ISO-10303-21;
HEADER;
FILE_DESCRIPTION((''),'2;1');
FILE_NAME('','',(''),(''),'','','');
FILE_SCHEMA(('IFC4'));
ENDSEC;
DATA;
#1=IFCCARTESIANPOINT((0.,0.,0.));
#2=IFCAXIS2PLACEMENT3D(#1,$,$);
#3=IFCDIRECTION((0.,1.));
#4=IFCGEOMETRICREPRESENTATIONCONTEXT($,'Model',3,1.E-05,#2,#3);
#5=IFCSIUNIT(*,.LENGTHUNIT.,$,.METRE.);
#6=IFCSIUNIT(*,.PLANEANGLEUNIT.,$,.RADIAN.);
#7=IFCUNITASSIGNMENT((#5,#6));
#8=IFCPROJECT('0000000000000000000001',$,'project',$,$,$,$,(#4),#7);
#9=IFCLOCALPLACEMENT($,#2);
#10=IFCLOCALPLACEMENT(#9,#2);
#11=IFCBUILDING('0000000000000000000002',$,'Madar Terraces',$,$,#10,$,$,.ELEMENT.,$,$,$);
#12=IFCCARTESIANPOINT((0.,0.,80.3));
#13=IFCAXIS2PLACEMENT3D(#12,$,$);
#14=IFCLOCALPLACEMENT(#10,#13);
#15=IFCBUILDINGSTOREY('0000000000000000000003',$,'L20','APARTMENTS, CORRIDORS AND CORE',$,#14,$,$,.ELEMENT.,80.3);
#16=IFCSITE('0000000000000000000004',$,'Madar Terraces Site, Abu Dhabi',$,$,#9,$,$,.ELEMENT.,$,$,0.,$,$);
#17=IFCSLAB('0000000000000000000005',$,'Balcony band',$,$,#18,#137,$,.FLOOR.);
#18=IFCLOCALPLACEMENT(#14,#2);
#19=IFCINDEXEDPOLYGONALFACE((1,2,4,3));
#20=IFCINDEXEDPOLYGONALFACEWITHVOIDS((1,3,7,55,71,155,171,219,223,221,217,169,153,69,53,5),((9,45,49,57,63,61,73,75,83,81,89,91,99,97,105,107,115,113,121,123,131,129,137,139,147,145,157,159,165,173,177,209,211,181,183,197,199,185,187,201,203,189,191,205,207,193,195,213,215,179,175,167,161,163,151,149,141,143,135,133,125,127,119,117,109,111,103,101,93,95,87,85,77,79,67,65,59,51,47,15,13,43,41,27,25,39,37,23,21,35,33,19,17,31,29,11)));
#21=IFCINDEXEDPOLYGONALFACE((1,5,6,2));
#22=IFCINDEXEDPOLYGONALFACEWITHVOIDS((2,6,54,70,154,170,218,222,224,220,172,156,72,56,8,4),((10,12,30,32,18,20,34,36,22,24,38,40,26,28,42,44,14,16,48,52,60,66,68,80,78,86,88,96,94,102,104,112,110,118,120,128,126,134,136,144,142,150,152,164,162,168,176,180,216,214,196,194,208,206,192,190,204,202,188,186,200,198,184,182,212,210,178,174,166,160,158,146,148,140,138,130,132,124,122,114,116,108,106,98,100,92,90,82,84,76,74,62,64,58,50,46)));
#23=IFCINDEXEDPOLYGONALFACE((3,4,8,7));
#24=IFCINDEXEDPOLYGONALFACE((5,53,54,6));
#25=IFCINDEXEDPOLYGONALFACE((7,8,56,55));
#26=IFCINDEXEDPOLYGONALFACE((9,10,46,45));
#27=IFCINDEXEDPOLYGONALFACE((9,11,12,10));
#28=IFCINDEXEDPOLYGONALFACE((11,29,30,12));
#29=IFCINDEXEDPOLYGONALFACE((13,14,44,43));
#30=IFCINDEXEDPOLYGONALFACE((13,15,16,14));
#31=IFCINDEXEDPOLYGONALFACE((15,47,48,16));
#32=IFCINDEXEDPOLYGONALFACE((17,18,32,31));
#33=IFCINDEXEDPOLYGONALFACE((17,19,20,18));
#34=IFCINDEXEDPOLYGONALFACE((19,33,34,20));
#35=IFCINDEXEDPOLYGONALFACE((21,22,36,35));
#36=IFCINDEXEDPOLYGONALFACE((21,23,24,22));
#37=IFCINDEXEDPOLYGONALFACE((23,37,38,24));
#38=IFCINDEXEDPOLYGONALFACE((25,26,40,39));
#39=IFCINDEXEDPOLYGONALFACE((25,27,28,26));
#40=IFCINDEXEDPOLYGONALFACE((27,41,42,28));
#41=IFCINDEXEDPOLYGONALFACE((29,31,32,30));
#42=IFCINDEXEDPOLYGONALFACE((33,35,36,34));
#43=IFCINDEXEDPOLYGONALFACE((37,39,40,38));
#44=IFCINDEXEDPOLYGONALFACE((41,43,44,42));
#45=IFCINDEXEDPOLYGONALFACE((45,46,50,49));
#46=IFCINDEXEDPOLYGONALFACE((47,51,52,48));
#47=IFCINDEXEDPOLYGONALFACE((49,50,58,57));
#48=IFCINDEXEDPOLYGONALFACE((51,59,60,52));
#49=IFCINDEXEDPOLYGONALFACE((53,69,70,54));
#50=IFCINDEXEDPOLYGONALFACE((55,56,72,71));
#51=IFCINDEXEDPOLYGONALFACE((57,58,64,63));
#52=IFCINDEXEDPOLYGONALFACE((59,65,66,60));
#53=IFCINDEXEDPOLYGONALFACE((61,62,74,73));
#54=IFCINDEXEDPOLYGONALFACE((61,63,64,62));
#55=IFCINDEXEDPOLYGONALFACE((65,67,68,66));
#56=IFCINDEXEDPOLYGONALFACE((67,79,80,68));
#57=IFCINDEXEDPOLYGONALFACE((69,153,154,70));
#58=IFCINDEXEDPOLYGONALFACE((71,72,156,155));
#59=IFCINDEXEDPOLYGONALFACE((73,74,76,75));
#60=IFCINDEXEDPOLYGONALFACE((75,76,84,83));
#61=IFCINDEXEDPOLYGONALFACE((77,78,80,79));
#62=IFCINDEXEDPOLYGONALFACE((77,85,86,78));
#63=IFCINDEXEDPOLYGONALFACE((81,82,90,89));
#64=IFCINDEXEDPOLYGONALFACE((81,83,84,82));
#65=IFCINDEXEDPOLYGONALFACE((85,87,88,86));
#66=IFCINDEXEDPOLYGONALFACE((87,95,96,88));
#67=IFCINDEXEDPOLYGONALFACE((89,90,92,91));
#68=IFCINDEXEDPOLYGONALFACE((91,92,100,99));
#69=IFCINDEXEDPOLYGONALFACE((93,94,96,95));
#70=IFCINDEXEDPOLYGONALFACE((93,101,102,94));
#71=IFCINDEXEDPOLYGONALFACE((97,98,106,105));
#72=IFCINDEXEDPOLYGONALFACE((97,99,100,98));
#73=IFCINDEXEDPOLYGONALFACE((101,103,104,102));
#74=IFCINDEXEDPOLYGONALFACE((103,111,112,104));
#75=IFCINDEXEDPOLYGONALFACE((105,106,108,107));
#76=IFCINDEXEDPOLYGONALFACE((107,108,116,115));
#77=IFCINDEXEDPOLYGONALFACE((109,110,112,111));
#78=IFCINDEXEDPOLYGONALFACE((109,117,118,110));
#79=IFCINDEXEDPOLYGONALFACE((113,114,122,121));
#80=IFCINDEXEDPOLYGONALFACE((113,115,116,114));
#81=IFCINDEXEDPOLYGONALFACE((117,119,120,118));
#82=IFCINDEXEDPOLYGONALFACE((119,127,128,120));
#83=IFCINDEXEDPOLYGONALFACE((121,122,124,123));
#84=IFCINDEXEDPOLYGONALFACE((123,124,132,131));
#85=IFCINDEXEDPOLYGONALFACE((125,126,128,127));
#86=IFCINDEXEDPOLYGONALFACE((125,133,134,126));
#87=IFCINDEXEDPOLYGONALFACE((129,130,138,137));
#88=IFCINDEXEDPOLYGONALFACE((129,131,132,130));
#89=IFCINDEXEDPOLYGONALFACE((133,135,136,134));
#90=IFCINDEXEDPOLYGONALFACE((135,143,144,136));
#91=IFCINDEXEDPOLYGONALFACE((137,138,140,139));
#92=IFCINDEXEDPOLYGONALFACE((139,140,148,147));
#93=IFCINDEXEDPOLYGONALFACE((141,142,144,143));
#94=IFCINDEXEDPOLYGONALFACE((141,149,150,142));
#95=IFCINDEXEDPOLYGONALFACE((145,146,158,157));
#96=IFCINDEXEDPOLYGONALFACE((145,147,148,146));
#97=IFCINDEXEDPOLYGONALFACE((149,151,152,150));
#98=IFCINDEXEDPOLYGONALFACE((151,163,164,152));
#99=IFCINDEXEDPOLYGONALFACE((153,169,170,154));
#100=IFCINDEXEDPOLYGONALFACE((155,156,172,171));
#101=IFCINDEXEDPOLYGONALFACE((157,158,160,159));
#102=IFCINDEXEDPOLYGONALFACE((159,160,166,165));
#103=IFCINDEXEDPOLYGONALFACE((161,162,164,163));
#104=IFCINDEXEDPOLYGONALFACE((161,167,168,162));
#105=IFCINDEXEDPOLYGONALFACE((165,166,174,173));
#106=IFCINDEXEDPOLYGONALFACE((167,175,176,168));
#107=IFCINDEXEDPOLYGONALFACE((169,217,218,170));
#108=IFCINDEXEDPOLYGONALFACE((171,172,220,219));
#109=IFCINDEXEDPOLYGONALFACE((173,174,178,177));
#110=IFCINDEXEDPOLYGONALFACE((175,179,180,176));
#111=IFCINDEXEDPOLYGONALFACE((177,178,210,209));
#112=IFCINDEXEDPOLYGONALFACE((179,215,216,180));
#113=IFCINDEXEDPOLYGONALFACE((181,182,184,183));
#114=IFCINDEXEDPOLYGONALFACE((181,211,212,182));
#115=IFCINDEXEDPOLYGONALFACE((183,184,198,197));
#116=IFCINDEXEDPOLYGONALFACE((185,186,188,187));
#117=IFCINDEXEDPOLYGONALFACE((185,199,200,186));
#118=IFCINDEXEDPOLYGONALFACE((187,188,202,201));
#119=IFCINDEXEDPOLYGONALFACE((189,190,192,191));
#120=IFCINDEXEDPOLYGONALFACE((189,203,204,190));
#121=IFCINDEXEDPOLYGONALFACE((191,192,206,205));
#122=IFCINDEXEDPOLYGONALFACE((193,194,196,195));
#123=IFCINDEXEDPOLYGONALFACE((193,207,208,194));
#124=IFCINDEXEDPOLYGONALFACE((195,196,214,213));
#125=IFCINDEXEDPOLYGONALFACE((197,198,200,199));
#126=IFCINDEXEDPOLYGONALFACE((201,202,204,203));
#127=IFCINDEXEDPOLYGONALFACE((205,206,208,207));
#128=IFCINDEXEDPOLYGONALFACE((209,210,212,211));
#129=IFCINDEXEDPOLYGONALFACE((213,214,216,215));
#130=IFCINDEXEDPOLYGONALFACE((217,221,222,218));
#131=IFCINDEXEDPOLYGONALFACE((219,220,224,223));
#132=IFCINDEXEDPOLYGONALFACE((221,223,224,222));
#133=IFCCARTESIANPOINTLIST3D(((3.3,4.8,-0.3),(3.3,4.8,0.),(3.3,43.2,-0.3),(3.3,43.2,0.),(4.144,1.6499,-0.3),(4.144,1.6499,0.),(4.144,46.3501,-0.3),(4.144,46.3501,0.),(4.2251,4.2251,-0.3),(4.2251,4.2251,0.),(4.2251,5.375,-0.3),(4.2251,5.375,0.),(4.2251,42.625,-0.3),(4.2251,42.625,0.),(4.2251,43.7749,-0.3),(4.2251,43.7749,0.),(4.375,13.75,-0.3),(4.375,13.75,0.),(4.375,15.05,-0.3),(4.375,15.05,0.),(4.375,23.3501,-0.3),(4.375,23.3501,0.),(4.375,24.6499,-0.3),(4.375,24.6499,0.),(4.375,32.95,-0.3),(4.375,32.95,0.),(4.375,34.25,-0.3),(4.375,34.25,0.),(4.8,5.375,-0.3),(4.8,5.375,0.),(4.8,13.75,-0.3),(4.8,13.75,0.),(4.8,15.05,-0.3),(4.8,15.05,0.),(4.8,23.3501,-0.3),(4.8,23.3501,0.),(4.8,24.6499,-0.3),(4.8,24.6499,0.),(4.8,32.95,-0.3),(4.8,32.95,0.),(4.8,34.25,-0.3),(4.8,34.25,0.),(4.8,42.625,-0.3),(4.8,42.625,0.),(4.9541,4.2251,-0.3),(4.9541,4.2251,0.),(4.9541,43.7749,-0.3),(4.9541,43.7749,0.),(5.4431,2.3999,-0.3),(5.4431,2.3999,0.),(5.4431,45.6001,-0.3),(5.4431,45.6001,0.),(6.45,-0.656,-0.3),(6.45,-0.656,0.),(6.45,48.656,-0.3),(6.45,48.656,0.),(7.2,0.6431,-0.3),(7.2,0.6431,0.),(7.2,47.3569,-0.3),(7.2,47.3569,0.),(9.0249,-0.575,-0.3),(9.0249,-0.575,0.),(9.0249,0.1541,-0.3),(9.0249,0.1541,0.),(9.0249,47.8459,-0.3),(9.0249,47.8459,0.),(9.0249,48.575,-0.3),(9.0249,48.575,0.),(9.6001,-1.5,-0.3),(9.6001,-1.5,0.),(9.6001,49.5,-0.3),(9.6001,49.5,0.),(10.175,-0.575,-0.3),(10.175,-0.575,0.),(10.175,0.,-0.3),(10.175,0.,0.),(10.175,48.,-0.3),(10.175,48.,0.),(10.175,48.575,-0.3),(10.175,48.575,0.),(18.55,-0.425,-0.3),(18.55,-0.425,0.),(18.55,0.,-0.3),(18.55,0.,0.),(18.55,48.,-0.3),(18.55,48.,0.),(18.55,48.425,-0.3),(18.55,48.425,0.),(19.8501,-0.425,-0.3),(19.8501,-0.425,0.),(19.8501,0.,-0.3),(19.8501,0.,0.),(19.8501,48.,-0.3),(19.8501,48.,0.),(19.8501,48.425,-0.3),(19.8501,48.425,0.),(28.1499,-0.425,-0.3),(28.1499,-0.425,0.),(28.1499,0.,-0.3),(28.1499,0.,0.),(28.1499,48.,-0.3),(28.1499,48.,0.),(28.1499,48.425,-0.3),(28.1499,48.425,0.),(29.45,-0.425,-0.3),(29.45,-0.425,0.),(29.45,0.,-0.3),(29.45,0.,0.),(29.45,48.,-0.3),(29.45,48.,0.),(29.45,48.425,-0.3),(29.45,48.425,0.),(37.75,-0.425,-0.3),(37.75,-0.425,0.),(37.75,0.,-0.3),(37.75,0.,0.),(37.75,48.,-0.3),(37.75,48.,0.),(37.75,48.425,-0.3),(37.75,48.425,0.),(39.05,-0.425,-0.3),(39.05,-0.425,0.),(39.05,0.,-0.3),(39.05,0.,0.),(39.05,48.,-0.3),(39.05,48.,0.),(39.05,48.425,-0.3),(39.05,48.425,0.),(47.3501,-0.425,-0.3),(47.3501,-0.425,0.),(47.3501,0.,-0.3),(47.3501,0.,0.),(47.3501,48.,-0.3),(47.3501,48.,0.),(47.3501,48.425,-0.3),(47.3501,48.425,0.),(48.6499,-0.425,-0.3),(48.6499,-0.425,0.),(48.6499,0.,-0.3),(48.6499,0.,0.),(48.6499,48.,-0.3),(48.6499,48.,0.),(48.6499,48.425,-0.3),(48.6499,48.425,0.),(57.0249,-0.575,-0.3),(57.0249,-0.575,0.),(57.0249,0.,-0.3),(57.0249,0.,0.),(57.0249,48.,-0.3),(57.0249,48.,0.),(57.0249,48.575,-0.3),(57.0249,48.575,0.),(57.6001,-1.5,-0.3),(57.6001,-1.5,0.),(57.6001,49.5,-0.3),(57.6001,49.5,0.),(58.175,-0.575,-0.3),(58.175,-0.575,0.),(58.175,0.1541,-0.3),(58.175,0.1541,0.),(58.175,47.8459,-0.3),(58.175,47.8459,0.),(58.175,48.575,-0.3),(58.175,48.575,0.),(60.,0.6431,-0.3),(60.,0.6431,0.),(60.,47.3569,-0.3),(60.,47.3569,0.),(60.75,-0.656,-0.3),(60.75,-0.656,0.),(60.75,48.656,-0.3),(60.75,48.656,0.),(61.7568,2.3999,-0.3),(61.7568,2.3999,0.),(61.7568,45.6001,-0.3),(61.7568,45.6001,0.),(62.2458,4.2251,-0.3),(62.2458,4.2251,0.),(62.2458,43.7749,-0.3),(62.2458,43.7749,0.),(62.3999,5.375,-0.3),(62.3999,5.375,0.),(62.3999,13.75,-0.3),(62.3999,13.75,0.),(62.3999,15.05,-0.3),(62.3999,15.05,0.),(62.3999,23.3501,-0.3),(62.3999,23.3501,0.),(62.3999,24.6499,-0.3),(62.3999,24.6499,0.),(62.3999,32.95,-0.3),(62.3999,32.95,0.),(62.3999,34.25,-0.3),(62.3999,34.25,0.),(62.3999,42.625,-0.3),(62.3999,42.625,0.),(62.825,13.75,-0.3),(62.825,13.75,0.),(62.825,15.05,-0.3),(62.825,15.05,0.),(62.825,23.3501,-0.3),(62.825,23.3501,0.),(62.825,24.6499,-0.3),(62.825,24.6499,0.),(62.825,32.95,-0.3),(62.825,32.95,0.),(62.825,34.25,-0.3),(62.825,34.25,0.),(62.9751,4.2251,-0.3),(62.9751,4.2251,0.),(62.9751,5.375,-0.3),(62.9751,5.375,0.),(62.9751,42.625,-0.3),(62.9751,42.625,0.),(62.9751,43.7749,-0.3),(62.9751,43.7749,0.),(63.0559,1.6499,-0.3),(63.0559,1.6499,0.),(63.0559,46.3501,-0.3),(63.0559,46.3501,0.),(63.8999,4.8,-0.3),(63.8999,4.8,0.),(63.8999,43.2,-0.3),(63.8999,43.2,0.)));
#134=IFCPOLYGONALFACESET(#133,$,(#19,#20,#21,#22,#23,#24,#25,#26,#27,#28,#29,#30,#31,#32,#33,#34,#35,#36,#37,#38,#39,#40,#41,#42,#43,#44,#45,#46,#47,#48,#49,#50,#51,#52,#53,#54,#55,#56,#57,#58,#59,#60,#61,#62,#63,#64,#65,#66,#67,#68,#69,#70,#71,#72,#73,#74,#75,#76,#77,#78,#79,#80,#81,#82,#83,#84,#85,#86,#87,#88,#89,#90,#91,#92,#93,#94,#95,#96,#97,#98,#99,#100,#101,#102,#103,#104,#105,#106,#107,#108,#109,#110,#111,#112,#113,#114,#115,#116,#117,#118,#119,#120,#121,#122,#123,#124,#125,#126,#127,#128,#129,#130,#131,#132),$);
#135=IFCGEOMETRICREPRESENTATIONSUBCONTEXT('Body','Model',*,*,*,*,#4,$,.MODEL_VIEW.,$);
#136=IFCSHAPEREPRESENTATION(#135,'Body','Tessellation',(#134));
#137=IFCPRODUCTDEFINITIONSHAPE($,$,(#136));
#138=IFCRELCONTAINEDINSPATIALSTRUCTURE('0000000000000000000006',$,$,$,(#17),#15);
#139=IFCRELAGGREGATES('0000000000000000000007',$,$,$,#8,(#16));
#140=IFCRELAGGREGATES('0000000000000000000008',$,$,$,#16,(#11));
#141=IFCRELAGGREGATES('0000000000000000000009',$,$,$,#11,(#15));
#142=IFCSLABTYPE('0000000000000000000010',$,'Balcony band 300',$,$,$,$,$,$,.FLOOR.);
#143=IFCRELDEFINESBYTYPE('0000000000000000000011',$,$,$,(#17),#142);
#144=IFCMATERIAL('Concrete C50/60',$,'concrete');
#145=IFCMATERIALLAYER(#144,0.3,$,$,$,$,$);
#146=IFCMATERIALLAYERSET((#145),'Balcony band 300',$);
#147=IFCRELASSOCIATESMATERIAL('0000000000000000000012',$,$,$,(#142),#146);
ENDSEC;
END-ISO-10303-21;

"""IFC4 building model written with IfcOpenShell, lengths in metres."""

from ifc_helpers import new_model, si_unit, direction, frame, origin, place, context, subcontext, project, spatial, polyline, outline, extrude, material, layer, layer_set, type_object, element, save


model = new_model("IFC4")

# Units and contexts
model_context = context("Model", 3, precision=1e-05, world=origin(), true_north=direction((0.0, 1.0)))
body_context = subcontext(model_context, "Body", "Model", "MODEL_VIEW")
ifc_project = project(units=[si_unit("LENGTHUNIT", "METRE"), si_unit("PLANEANGLEUNIT", "RADIAN")], contexts=[model_context])

# Site, building, storey
site_placement = place(None, origin())
site = spatial("IfcSite", under=ifc_project, at=site_placement, Name="Madar Terraces Site, Abu Dhabi", CompositionType="ELEMENT", RefElevation=0.0)
building_placement = place(site_placement, origin())
building = spatial("IfcBuilding", under=site, at=building_placement, Name="Madar Terraces", CompositionType="ELEMENT")
storey_placement = place(building_placement, frame((0.0, 0.0, 80.3)))
storey = spatial("IfcBuildingStorey", under=building, at=storey_placement, Name="L20", Description="APARTMENTS, CORRIDORS AND CORE", CompositionType="ELEMENT", Elevation=80.3)

# Slab
ifc_material_1 = material(Name="Concrete C50/60", Category="concrete")
ifc_layer_1 = layer(ifc_material_1, 0.3)
ifc_layer_set_1 = layer_set([ifc_layer_1], Name="Balcony band 300")
slab_type_1 = type_object("IfcSlabType", Name="Balcony band 300", PredefinedType="FLOOR", material=ifc_layer_set_1)
slab_1_placement = place(storey_placement, frame((0.0, 0.0, -0.3)))
element("IfcSlab", 1, at=slab_1_placement, inside=storey, type_object=slab_type_1, Name="Balcony band", PredefinedType="FLOOR", context=body_context, shape_type="SweptSolid", body=[
    extrude(outline(polyline([(9.6001, -1.5), (6.45, -0.656), (4.144, 1.6499), (3.3, 4.8), (3.3, 43.2), (4.144, 46.3501), (6.45, 48.656), (9.6001, 49.5), (57.6001, 49.5), (60.75, 48.656), (63.0559, 46.3501), (63.8999, 43.2), (63.8999, 4.8), (63.0559, 1.6499), (60.75, -0.656), (57.6001, -1.5), (9.6001, -1.5)]), holes=[polyline([(10.175, -0.575), (10.175, 0.0), (18.55, 0.0), (18.55, -0.425), (19.8501, -0.425), (19.8501, 0.0), (28.1499, 0.0), (28.1499, -0.425), (29.45, -0.425), (29.45, 0.0), (37.75, 0.0), (37.75, -0.425), (39.05, -0.425), (39.05, 0.0), (47.3501, 0.0), (47.3501, -0.425), (48.6499, -0.425), (48.6499, 0.0), (57.0249, 0.0), (57.0249, -0.575), (58.175, -0.575), (58.175, 0.1541), (60.0, 0.6431), (61.7568, 2.3999), (62.2458, 4.2251), (62.9751, 4.2251), (62.9751, 5.375), (62.3999, 5.375), (62.3999, 13.75), (62.825, 13.75), (62.825, 15.05), (62.3999, 15.05), (62.3999, 23.3501), (62.825, 23.3501), (62.825, 24.6499), (62.3999, 24.6499), (62.3999, 32.95), (62.825, 32.95), (62.825, 34.25), (62.3999, 34.25), (62.3999, 42.625), (62.9751, 42.625), (62.9751, 43.7749), (62.2458, 43.7749), (61.7568, 45.6001), (60.0, 47.3569), (58.175, 47.8459), (58.175, 48.575), (57.0249, 48.575), (57.0249, 48.0), (48.6499, 48.0), (48.6499, 48.425), (47.3501, 48.425), (47.3501, 48.0), (39.05, 48.0), (39.05, 48.425), (37.75, 48.425), (37.75, 48.0), (29.45, 48.0), (29.45, 48.425), (28.1499, 48.425), (28.1499, 48.0), (19.8501, 48.0), (19.8501, 48.425), (18.55, 48.425), (18.55, 48.0), (10.175, 48.0), (10.175, 48.575), (9.0249, 48.575), (9.0249, 47.8459), (7.2, 47.3569), (5.4431, 45.6001), (4.9541, 43.7749), (4.2251, 43.7749), (4.2251, 42.625), (4.8, 42.625), (4.8, 34.25), (4.375, 34.25), (4.375, 32.95), (4.8, 32.95), (4.8, 24.6499), (4.375, 24.6499), (4.375, 23.3501), (4.8, 23.3501), (4.8, 15.05), (4.375, 15.05), (4.375, 13.75), (4.8, 13.75), (4.8, 5.375), (4.2251, 5.375), (4.2251, 4.2251), (4.9541, 4.2251), (5.4431, 2.3999), (7.2, 0.6431), (9.0249, 0.1541), (9.0249, -0.575), (10.175, -0.575)])]), origin(), (0.0, 0.0, 1.0), 0.3),
])

save(model, "model.ifc")
